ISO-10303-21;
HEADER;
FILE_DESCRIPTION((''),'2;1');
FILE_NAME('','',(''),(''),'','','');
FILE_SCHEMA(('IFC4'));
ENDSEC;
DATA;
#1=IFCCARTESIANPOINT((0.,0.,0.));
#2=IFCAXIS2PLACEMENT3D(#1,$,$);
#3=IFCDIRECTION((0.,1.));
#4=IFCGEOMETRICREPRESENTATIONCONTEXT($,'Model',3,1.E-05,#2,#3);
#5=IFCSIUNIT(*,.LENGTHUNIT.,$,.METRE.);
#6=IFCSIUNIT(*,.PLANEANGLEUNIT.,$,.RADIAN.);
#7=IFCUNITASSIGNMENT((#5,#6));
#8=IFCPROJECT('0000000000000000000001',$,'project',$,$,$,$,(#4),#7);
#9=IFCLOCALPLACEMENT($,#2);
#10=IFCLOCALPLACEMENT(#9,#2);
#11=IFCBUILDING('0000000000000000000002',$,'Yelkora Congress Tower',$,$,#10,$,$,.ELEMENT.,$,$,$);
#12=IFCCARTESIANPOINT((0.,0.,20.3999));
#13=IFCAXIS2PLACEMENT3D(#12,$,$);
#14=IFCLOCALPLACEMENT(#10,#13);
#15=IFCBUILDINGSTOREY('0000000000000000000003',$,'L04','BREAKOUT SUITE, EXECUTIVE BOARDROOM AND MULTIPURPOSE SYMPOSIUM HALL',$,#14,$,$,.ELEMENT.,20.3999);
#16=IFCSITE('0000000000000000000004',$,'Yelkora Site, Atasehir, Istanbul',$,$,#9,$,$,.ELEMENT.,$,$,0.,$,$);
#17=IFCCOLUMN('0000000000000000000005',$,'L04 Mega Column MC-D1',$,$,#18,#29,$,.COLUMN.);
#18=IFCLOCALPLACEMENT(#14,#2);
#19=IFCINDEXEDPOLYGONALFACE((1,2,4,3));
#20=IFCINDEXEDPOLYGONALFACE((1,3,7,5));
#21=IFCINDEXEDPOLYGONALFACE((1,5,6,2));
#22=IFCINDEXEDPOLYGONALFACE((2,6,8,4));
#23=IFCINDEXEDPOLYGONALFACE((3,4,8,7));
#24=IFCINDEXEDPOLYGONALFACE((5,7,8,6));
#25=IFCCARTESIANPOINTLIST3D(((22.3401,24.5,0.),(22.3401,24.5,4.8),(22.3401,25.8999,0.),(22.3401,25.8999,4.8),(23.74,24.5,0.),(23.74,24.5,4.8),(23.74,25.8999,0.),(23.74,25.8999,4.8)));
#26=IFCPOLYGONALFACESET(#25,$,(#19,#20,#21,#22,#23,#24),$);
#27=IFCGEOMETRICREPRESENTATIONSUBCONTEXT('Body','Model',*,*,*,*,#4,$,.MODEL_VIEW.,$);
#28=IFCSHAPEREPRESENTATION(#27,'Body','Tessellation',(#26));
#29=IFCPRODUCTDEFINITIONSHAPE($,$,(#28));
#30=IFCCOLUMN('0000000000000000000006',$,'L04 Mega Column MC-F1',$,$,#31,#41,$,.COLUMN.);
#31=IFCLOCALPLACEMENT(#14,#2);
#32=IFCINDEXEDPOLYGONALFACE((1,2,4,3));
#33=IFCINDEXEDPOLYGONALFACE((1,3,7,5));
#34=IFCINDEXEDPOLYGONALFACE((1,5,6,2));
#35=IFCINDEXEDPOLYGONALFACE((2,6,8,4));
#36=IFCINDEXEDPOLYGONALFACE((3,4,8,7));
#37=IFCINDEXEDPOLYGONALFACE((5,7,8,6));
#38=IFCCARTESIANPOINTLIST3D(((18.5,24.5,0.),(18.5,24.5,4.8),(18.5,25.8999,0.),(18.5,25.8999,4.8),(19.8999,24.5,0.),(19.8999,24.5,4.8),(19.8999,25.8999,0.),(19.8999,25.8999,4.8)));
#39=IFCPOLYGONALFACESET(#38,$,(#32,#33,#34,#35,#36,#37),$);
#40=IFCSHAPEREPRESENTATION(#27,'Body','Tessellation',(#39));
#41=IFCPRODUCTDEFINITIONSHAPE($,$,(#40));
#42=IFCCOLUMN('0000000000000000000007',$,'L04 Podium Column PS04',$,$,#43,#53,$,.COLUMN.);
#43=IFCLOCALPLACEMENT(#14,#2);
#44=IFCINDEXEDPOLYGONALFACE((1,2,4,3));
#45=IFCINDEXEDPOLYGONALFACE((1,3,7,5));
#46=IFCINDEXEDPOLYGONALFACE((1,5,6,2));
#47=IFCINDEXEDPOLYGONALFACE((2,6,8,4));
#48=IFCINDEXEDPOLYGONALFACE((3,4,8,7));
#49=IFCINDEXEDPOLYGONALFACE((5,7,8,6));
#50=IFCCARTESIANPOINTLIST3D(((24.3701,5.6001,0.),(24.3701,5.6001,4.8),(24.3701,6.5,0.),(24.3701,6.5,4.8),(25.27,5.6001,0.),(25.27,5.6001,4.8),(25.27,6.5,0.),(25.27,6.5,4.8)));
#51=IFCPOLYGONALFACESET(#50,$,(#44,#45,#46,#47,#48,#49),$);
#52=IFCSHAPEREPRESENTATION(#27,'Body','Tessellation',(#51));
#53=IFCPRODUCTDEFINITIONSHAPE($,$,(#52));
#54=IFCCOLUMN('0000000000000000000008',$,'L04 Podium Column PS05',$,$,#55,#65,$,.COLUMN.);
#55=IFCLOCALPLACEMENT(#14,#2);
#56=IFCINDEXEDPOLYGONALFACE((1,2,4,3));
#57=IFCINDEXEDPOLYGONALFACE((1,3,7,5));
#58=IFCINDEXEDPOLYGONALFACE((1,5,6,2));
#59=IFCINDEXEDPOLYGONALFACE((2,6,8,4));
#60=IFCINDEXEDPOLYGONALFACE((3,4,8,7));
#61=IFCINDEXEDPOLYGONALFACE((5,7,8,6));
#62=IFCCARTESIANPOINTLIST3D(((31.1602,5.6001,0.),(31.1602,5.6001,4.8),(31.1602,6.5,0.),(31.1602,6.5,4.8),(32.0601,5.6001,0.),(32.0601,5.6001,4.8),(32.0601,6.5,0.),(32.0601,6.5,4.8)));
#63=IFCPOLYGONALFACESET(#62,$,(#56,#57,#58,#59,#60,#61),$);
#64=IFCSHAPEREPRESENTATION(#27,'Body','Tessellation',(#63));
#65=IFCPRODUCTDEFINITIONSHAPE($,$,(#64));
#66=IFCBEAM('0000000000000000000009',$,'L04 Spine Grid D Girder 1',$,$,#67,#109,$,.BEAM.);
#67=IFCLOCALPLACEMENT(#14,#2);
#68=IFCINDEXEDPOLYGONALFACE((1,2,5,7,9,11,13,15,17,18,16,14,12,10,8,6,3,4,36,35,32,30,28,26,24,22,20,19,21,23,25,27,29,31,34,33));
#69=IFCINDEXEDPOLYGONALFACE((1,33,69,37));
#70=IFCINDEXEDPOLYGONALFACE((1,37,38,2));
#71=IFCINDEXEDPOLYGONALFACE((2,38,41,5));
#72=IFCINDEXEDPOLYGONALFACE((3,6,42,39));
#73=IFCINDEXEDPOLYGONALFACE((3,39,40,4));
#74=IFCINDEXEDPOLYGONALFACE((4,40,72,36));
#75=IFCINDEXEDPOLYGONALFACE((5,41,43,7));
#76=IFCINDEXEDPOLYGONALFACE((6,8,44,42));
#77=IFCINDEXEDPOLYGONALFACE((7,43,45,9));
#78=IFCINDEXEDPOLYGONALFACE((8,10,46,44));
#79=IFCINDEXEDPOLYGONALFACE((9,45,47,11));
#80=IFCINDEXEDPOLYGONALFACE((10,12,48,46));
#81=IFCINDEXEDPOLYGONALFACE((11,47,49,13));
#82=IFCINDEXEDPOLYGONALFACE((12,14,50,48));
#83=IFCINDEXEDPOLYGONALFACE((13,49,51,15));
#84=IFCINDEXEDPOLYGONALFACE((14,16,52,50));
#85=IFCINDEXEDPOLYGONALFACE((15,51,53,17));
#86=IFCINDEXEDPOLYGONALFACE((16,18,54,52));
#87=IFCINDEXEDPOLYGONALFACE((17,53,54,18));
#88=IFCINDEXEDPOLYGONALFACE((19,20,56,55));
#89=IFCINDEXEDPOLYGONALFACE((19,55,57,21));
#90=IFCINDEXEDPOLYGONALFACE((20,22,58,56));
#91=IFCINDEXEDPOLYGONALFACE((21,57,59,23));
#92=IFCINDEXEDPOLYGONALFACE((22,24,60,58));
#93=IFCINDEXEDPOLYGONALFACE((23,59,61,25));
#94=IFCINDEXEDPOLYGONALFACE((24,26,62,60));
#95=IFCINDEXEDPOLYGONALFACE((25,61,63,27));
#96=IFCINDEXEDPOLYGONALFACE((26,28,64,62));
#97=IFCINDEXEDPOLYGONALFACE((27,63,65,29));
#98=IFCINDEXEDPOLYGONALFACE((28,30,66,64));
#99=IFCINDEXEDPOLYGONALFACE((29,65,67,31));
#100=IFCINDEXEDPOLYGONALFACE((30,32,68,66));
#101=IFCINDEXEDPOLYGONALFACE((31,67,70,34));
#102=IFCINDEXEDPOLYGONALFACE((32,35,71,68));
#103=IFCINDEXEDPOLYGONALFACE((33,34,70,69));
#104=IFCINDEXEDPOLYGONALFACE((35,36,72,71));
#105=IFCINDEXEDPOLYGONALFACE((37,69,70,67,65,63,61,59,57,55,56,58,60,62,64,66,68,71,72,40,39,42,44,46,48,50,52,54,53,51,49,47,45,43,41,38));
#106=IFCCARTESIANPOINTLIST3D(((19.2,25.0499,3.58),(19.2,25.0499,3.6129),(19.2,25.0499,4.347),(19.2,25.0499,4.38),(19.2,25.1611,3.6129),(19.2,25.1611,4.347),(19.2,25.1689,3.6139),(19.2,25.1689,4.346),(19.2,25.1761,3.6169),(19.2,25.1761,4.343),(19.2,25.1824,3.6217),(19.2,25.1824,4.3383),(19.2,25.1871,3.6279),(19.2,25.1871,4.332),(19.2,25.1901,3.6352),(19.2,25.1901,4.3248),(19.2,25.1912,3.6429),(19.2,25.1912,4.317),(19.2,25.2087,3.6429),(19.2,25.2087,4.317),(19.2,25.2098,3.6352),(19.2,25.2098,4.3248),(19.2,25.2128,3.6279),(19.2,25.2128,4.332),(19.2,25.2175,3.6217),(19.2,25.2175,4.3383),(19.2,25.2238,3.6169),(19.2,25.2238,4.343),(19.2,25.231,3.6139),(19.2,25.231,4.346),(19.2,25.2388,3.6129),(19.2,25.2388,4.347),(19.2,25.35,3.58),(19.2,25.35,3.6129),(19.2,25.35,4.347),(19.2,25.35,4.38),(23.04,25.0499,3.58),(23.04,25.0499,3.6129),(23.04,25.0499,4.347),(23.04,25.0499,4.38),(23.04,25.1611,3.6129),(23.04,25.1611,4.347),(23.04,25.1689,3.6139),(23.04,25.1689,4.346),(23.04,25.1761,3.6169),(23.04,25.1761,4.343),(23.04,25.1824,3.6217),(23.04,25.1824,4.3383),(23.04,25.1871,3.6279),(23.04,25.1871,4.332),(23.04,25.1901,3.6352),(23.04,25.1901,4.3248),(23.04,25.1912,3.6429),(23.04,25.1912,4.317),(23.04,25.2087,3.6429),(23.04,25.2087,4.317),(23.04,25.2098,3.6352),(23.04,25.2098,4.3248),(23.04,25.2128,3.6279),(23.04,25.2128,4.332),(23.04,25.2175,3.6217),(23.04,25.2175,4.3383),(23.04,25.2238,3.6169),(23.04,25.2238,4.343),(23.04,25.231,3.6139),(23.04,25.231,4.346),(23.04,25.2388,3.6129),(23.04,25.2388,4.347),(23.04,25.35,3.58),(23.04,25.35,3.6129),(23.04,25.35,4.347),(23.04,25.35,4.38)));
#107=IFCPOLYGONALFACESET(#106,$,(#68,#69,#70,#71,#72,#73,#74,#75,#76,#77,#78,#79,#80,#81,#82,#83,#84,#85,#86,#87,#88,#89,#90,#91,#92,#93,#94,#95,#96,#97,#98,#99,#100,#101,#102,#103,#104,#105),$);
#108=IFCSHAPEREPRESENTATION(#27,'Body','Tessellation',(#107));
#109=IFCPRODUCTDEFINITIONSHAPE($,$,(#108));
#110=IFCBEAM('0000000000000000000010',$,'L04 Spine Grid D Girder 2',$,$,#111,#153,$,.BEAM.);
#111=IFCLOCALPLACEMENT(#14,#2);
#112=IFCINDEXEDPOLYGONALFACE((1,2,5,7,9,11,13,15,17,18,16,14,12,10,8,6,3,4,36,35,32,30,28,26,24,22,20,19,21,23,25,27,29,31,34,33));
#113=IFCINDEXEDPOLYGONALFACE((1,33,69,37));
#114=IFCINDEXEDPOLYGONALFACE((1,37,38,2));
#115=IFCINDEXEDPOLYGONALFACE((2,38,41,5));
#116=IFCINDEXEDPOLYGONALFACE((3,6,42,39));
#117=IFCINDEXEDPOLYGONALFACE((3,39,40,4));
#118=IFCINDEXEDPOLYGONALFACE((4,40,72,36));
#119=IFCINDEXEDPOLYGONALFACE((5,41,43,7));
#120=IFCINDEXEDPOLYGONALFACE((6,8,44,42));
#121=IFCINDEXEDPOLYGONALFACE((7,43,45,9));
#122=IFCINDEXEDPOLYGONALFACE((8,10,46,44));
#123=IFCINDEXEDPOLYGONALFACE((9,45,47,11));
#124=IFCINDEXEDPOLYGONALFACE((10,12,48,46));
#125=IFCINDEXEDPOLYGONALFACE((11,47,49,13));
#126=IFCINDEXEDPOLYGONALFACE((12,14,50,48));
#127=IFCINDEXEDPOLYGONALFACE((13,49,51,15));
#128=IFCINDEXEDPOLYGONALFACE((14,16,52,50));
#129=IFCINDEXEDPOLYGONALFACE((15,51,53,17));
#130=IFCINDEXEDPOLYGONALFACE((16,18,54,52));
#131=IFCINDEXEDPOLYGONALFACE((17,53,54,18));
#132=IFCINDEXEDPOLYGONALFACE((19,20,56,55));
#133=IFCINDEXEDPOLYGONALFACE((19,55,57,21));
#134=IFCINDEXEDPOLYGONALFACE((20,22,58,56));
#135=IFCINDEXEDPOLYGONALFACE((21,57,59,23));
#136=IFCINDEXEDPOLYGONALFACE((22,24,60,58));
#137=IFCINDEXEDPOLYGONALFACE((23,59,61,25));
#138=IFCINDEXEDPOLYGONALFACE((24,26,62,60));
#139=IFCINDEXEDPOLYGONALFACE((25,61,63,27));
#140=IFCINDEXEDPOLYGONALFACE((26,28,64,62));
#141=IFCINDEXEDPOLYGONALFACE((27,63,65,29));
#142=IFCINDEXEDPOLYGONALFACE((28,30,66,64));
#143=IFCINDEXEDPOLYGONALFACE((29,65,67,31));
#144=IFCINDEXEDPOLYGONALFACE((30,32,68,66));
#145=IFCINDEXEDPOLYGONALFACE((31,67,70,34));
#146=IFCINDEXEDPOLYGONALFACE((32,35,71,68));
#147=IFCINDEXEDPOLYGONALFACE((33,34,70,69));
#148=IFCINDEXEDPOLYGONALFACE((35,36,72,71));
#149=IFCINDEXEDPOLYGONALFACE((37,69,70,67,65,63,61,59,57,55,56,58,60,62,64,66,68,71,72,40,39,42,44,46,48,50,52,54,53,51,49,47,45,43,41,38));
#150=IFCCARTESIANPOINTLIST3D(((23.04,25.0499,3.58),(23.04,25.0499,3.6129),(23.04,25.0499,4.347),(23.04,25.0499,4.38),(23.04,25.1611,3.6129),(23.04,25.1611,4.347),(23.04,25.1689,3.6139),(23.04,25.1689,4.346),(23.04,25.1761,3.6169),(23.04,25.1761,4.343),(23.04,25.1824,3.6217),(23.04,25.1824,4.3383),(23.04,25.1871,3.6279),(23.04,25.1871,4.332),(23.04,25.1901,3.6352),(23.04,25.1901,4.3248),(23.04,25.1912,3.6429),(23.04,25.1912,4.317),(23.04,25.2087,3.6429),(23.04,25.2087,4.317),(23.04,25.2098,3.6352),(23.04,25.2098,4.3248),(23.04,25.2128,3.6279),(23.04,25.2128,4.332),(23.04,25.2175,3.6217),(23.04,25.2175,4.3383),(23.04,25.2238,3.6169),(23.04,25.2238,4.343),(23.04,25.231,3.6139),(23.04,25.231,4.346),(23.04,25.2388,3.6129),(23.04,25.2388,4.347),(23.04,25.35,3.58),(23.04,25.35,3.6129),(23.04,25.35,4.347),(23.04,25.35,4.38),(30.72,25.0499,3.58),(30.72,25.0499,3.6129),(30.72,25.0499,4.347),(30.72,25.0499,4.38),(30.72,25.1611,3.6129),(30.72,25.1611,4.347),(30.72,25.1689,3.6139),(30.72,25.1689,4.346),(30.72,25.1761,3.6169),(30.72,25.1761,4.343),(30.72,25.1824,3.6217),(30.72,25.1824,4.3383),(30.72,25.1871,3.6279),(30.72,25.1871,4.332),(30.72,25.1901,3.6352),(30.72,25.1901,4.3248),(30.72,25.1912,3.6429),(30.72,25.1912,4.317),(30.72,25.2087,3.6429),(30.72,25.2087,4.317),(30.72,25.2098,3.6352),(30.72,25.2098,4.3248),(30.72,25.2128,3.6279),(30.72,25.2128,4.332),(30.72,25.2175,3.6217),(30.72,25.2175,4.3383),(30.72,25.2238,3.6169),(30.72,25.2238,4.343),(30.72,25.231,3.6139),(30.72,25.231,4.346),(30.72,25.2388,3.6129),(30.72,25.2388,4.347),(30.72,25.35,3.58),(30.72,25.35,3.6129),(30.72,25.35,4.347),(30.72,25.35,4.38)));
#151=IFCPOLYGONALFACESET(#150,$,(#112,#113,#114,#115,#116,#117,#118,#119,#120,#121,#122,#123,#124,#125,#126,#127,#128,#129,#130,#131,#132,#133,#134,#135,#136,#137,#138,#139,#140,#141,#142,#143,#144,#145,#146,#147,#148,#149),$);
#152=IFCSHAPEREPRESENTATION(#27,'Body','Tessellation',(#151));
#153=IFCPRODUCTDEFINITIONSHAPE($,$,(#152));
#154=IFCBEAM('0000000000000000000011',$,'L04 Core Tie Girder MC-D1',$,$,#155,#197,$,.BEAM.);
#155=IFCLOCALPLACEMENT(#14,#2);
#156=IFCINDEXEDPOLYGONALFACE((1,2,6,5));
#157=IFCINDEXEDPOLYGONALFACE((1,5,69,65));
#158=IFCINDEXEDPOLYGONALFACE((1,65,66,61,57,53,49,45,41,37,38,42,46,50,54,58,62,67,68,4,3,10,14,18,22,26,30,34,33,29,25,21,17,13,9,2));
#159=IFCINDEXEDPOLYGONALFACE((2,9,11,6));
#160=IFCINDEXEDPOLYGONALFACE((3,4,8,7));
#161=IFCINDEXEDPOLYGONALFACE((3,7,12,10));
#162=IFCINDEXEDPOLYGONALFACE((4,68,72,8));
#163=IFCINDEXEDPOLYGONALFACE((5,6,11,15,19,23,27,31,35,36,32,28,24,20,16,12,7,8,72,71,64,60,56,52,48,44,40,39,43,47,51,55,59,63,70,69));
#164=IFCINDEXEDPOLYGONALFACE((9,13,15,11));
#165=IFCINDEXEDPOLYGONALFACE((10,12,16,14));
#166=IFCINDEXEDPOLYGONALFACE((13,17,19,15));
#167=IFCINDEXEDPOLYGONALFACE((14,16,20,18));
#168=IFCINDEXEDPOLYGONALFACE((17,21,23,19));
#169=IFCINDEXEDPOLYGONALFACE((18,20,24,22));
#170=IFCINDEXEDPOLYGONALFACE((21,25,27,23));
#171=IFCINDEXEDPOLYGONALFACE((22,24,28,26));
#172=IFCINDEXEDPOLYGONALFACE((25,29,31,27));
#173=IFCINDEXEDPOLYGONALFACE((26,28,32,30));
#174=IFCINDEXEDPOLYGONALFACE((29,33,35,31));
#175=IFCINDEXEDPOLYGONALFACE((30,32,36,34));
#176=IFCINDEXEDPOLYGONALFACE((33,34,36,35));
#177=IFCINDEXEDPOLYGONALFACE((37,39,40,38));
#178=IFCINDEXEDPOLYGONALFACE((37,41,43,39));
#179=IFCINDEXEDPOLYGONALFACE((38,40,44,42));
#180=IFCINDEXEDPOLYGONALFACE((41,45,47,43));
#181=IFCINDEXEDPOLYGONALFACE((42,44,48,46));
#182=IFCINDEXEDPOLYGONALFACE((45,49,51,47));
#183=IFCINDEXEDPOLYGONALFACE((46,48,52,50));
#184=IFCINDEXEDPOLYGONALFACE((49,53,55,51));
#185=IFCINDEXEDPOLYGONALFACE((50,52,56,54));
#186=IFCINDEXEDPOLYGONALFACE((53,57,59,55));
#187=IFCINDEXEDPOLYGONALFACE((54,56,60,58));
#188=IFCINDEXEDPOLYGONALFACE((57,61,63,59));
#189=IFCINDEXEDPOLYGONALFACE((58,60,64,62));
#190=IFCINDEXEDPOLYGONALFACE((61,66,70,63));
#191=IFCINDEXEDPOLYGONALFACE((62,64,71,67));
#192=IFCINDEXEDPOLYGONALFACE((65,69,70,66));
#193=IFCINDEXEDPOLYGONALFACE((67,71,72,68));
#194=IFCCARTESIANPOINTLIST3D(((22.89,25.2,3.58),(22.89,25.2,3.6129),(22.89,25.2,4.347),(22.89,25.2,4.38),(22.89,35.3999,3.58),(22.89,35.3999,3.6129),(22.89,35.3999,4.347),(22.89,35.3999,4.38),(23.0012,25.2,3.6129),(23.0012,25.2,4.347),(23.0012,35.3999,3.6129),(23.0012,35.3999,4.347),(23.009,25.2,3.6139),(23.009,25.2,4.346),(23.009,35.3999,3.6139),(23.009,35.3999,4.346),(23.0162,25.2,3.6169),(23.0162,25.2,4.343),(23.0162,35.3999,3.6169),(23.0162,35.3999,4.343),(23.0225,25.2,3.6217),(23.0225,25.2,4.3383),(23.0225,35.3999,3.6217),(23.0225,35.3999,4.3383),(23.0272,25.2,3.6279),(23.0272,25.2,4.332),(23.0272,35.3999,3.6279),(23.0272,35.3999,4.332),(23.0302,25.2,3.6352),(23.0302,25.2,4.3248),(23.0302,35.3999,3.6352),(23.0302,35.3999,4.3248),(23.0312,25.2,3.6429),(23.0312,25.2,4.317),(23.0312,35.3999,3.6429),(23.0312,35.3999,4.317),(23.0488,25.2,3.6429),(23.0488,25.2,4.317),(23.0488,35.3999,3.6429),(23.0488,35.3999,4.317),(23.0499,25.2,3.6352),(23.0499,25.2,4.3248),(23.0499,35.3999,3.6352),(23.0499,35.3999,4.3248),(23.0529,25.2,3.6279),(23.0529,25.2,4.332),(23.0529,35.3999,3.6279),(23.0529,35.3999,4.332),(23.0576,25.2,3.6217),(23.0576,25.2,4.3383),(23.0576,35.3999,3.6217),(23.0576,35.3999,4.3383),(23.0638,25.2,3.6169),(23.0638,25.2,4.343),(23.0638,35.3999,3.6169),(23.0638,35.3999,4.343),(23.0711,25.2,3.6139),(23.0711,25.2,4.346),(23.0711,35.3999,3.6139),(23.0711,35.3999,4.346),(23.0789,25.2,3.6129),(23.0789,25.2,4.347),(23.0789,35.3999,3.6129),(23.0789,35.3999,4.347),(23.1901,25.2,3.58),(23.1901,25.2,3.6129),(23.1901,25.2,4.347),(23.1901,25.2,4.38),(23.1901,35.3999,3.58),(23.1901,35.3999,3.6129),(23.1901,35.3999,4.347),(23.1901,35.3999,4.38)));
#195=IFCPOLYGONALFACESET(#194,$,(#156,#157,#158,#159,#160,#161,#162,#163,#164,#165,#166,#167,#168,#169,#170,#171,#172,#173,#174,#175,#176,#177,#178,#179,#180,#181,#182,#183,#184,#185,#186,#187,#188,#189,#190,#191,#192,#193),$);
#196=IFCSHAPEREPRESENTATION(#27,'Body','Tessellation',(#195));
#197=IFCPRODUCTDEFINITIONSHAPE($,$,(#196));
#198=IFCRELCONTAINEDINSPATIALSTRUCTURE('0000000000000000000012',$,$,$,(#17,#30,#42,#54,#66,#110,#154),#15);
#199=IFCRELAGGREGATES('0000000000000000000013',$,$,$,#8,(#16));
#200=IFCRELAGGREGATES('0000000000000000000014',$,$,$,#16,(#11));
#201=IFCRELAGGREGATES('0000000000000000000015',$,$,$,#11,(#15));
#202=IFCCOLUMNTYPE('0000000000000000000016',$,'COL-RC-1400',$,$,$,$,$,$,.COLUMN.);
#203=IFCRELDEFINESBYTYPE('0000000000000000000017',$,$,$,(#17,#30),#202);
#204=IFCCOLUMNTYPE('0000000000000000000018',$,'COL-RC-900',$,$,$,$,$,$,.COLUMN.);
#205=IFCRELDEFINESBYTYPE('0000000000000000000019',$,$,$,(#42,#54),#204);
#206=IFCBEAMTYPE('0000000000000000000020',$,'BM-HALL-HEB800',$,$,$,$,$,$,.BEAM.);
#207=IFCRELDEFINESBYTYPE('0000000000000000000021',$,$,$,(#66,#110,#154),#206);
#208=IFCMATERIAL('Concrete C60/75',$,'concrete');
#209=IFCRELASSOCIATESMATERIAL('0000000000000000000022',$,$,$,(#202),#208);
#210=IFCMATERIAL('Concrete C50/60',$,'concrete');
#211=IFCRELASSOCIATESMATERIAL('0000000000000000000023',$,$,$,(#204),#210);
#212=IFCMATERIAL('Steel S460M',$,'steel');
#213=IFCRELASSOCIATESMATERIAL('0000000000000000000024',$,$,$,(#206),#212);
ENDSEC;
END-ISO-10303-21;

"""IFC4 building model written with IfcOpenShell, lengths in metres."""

from ifc_helpers import new_model, si_unit, direction, frame, origin, origin_2d, place, context, subcontext, project, spatial, rectangle, i_section, extrude, material, material_profile, profile_set, type_object, element, save


model = new_model("IFC4")

# Units and contexts
model_context = context("Model", 3, precision=1e-05, world=origin(), true_north=direction((0.0, 1.0)))
body_context = subcontext(model_context, "Body", "Model", "MODEL_VIEW")
ifc_project = project(units=[si_unit("LENGTHUNIT", "METRE"), si_unit("PLANEANGLEUNIT", "RADIAN")], contexts=[model_context])

# Site, building, storey
site_placement = place(None, origin())
site = spatial("IfcSite", under=ifc_project, at=site_placement, Name="Yelkora Site, Atasehir, Istanbul", CompositionType="ELEMENT", RefElevation=0.0)
building_placement = place(site_placement, origin())
building = spatial("IfcBuilding", under=site, at=building_placement, Name="Yelkora Congress Tower", CompositionType="ELEMENT")
storey_placement = place(building_placement, frame((0.0, 0.0, 20.3999)))
storey = spatial("IfcBuildingStorey", under=building, at=storey_placement, Name="L04", Description="BREAKOUT SUITE, EXECUTIVE BOARDROOM AND MULTIPURPOSE SYMPOSIUM HALL", CompositionType="ELEMENT", Elevation=20.3999)

# Columns
ifc_material_1 = material(Name="Concrete C60/75", Category="concrete")
ifc_material_profile_1 = material_profile(ifc_material_1, rectangle(XDim=1.3999, YDim=1.3999, at=origin_2d()), Name="RC 1400x1400")
ifc_profile_set_1 = profile_set([ifc_material_profile_1], Name="Concrete C60/75")
column_type_1 = type_object("IfcColumnType", Name="COL-RC-1400", PredefinedType="COLUMN", material=ifc_profile_set_1)
for number, where, z_axis, x_axis, name in (
    (1, (23.04, 25.2, 0.0), (0.0, 0.0, 1.0), (1.0, 0.0, 0.0), "L04 Mega Column MC-D1"),
    (2, (19.2, 25.2, 0.0), (0.0, 0.0, 1.0), (1.0, 0.0, 0.0), "L04 Mega Column MC-F1"),
):
    element("IfcColumn", number, at=place(storey_placement, frame(where, z_axis=z_axis, x_axis=x_axis)), inside=storey, type_object=column_type_1, Name=name, PredefinedType="COLUMN", context=body_context, shape_type="SweptSolid", body=[
        extrude(rectangle(XDim=1.3999, YDim=1.3999, at=origin_2d()), origin(), (0.0, 0.0, 1.0), 4.8),
    ])
ifc_material_2 = material(Name="Concrete C50/60", Category="concrete")
ifc_material_profile_2 = material_profile(ifc_material_2, rectangle(XDim=0.8999, YDim=0.8999, at=origin_2d()), Name="RC 900x900")
ifc_profile_set_2 = profile_set([ifc_material_profile_2], Name="Concrete C50/60")
column_type_2 = type_object("IfcColumnType", Name="COL-RC-900", PredefinedType="COLUMN", material=ifc_profile_set_2)
for number, where, z_axis, x_axis, name in (
    (3, (24.8201, 6.05, 0.0), (0.0, 0.0, 1.0), (1.0, 0.0, 0.0), "L04 Podium Column PS04"),
    (4, (31.6101, 6.05, 0.0), (0.0, 0.0, 1.0), (1.0, 0.0, 0.0), "L04 Podium Column PS05"),
):
    element("IfcColumn", number, at=place(storey_placement, frame(where, z_axis=z_axis, x_axis=x_axis)), inside=storey, type_object=column_type_2, Name=name, PredefinedType="COLUMN", context=body_context, shape_type="SweptSolid", body=[
        extrude(rectangle(XDim=0.8999, YDim=0.8999, at=origin_2d()), origin(), (0.0, 0.0, 1.0), 4.8),
    ])

# Beams
ifc_material_3 = material(Name="Steel S460M", Category="steel")
ifc_material_profile_3 = material_profile(ifc_material_3, i_section(OverallWidth=0.3, OverallDepth=0.8, WebThickness=0.0176, FlangeThickness=0.033, FilletRadius=0.03, at=origin_2d()), Name="HEB 800")
ifc_profile_set_3 = profile_set([ifc_material_profile_3], Name="Steel S460M")
beam_type_1 = type_object("IfcBeamType", Name="BM-HALL-HEB800", PredefinedType="BEAM", material=ifc_profile_set_3)
beam_1_placement = place(storey_placement, frame((19.2, 25.2, 3.98), z_axis=(1.0, 0.0, 0.0), x_axis=(0.0, 1.0, 0.0)))
element("IfcBeam", 5, at=beam_1_placement, inside=storey, type_object=beam_type_1, Name="L04 Spine Grid D Girder 1", PredefinedType="BEAM", context=body_context, shape_type="SweptSolid", body=[
    extrude(i_section(OverallWidth=0.3, OverallDepth=0.8, WebThickness=0.0176, FlangeThickness=0.033, FilletRadius=0.03, at=origin_2d()), origin(), (0.0, 0.0, 1.0), 3.8401),
])
beam_2_placement = place(storey_placement, frame((23.04, 25.2, 3.98), z_axis=(1.0, 0.0, 0.0), x_axis=(0.0, 1.0, 0.0)))
element("IfcBeam", 6, at=beam_2_placement, inside=storey, type_object=beam_type_1, Name="L04 Spine Grid D Girder 2", PredefinedType="BEAM", context=body_context, shape_type="SweptSolid", body=[
    extrude(i_section(OverallWidth=0.3, OverallDepth=0.8, WebThickness=0.0176, FlangeThickness=0.033, FilletRadius=0.03, at=origin_2d()), origin(), (0.0, 0.0, 1.0), 7.6799),
])
beam_3_placement = place(storey_placement, frame((23.04, 25.2, 3.98), z_axis=(0.0, 1.0, 0.0), x_axis=(-1.0, 0.0, 0.0)))
element("IfcBeam", 7, at=beam_3_placement, inside=storey, type_object=beam_type_1, Name="L04 Core Tie Girder MC-D1", PredefinedType="BEAM", context=body_context, shape_type="SweptSolid", body=[
    extrude(i_section(OverallWidth=0.3, OverallDepth=0.8, WebThickness=0.0176, FlangeThickness=0.033, FilletRadius=0.03, at=origin_2d()), origin(), (0.0, 0.0, 1.0), 10.2),
])

save(model, "model.ifc")
